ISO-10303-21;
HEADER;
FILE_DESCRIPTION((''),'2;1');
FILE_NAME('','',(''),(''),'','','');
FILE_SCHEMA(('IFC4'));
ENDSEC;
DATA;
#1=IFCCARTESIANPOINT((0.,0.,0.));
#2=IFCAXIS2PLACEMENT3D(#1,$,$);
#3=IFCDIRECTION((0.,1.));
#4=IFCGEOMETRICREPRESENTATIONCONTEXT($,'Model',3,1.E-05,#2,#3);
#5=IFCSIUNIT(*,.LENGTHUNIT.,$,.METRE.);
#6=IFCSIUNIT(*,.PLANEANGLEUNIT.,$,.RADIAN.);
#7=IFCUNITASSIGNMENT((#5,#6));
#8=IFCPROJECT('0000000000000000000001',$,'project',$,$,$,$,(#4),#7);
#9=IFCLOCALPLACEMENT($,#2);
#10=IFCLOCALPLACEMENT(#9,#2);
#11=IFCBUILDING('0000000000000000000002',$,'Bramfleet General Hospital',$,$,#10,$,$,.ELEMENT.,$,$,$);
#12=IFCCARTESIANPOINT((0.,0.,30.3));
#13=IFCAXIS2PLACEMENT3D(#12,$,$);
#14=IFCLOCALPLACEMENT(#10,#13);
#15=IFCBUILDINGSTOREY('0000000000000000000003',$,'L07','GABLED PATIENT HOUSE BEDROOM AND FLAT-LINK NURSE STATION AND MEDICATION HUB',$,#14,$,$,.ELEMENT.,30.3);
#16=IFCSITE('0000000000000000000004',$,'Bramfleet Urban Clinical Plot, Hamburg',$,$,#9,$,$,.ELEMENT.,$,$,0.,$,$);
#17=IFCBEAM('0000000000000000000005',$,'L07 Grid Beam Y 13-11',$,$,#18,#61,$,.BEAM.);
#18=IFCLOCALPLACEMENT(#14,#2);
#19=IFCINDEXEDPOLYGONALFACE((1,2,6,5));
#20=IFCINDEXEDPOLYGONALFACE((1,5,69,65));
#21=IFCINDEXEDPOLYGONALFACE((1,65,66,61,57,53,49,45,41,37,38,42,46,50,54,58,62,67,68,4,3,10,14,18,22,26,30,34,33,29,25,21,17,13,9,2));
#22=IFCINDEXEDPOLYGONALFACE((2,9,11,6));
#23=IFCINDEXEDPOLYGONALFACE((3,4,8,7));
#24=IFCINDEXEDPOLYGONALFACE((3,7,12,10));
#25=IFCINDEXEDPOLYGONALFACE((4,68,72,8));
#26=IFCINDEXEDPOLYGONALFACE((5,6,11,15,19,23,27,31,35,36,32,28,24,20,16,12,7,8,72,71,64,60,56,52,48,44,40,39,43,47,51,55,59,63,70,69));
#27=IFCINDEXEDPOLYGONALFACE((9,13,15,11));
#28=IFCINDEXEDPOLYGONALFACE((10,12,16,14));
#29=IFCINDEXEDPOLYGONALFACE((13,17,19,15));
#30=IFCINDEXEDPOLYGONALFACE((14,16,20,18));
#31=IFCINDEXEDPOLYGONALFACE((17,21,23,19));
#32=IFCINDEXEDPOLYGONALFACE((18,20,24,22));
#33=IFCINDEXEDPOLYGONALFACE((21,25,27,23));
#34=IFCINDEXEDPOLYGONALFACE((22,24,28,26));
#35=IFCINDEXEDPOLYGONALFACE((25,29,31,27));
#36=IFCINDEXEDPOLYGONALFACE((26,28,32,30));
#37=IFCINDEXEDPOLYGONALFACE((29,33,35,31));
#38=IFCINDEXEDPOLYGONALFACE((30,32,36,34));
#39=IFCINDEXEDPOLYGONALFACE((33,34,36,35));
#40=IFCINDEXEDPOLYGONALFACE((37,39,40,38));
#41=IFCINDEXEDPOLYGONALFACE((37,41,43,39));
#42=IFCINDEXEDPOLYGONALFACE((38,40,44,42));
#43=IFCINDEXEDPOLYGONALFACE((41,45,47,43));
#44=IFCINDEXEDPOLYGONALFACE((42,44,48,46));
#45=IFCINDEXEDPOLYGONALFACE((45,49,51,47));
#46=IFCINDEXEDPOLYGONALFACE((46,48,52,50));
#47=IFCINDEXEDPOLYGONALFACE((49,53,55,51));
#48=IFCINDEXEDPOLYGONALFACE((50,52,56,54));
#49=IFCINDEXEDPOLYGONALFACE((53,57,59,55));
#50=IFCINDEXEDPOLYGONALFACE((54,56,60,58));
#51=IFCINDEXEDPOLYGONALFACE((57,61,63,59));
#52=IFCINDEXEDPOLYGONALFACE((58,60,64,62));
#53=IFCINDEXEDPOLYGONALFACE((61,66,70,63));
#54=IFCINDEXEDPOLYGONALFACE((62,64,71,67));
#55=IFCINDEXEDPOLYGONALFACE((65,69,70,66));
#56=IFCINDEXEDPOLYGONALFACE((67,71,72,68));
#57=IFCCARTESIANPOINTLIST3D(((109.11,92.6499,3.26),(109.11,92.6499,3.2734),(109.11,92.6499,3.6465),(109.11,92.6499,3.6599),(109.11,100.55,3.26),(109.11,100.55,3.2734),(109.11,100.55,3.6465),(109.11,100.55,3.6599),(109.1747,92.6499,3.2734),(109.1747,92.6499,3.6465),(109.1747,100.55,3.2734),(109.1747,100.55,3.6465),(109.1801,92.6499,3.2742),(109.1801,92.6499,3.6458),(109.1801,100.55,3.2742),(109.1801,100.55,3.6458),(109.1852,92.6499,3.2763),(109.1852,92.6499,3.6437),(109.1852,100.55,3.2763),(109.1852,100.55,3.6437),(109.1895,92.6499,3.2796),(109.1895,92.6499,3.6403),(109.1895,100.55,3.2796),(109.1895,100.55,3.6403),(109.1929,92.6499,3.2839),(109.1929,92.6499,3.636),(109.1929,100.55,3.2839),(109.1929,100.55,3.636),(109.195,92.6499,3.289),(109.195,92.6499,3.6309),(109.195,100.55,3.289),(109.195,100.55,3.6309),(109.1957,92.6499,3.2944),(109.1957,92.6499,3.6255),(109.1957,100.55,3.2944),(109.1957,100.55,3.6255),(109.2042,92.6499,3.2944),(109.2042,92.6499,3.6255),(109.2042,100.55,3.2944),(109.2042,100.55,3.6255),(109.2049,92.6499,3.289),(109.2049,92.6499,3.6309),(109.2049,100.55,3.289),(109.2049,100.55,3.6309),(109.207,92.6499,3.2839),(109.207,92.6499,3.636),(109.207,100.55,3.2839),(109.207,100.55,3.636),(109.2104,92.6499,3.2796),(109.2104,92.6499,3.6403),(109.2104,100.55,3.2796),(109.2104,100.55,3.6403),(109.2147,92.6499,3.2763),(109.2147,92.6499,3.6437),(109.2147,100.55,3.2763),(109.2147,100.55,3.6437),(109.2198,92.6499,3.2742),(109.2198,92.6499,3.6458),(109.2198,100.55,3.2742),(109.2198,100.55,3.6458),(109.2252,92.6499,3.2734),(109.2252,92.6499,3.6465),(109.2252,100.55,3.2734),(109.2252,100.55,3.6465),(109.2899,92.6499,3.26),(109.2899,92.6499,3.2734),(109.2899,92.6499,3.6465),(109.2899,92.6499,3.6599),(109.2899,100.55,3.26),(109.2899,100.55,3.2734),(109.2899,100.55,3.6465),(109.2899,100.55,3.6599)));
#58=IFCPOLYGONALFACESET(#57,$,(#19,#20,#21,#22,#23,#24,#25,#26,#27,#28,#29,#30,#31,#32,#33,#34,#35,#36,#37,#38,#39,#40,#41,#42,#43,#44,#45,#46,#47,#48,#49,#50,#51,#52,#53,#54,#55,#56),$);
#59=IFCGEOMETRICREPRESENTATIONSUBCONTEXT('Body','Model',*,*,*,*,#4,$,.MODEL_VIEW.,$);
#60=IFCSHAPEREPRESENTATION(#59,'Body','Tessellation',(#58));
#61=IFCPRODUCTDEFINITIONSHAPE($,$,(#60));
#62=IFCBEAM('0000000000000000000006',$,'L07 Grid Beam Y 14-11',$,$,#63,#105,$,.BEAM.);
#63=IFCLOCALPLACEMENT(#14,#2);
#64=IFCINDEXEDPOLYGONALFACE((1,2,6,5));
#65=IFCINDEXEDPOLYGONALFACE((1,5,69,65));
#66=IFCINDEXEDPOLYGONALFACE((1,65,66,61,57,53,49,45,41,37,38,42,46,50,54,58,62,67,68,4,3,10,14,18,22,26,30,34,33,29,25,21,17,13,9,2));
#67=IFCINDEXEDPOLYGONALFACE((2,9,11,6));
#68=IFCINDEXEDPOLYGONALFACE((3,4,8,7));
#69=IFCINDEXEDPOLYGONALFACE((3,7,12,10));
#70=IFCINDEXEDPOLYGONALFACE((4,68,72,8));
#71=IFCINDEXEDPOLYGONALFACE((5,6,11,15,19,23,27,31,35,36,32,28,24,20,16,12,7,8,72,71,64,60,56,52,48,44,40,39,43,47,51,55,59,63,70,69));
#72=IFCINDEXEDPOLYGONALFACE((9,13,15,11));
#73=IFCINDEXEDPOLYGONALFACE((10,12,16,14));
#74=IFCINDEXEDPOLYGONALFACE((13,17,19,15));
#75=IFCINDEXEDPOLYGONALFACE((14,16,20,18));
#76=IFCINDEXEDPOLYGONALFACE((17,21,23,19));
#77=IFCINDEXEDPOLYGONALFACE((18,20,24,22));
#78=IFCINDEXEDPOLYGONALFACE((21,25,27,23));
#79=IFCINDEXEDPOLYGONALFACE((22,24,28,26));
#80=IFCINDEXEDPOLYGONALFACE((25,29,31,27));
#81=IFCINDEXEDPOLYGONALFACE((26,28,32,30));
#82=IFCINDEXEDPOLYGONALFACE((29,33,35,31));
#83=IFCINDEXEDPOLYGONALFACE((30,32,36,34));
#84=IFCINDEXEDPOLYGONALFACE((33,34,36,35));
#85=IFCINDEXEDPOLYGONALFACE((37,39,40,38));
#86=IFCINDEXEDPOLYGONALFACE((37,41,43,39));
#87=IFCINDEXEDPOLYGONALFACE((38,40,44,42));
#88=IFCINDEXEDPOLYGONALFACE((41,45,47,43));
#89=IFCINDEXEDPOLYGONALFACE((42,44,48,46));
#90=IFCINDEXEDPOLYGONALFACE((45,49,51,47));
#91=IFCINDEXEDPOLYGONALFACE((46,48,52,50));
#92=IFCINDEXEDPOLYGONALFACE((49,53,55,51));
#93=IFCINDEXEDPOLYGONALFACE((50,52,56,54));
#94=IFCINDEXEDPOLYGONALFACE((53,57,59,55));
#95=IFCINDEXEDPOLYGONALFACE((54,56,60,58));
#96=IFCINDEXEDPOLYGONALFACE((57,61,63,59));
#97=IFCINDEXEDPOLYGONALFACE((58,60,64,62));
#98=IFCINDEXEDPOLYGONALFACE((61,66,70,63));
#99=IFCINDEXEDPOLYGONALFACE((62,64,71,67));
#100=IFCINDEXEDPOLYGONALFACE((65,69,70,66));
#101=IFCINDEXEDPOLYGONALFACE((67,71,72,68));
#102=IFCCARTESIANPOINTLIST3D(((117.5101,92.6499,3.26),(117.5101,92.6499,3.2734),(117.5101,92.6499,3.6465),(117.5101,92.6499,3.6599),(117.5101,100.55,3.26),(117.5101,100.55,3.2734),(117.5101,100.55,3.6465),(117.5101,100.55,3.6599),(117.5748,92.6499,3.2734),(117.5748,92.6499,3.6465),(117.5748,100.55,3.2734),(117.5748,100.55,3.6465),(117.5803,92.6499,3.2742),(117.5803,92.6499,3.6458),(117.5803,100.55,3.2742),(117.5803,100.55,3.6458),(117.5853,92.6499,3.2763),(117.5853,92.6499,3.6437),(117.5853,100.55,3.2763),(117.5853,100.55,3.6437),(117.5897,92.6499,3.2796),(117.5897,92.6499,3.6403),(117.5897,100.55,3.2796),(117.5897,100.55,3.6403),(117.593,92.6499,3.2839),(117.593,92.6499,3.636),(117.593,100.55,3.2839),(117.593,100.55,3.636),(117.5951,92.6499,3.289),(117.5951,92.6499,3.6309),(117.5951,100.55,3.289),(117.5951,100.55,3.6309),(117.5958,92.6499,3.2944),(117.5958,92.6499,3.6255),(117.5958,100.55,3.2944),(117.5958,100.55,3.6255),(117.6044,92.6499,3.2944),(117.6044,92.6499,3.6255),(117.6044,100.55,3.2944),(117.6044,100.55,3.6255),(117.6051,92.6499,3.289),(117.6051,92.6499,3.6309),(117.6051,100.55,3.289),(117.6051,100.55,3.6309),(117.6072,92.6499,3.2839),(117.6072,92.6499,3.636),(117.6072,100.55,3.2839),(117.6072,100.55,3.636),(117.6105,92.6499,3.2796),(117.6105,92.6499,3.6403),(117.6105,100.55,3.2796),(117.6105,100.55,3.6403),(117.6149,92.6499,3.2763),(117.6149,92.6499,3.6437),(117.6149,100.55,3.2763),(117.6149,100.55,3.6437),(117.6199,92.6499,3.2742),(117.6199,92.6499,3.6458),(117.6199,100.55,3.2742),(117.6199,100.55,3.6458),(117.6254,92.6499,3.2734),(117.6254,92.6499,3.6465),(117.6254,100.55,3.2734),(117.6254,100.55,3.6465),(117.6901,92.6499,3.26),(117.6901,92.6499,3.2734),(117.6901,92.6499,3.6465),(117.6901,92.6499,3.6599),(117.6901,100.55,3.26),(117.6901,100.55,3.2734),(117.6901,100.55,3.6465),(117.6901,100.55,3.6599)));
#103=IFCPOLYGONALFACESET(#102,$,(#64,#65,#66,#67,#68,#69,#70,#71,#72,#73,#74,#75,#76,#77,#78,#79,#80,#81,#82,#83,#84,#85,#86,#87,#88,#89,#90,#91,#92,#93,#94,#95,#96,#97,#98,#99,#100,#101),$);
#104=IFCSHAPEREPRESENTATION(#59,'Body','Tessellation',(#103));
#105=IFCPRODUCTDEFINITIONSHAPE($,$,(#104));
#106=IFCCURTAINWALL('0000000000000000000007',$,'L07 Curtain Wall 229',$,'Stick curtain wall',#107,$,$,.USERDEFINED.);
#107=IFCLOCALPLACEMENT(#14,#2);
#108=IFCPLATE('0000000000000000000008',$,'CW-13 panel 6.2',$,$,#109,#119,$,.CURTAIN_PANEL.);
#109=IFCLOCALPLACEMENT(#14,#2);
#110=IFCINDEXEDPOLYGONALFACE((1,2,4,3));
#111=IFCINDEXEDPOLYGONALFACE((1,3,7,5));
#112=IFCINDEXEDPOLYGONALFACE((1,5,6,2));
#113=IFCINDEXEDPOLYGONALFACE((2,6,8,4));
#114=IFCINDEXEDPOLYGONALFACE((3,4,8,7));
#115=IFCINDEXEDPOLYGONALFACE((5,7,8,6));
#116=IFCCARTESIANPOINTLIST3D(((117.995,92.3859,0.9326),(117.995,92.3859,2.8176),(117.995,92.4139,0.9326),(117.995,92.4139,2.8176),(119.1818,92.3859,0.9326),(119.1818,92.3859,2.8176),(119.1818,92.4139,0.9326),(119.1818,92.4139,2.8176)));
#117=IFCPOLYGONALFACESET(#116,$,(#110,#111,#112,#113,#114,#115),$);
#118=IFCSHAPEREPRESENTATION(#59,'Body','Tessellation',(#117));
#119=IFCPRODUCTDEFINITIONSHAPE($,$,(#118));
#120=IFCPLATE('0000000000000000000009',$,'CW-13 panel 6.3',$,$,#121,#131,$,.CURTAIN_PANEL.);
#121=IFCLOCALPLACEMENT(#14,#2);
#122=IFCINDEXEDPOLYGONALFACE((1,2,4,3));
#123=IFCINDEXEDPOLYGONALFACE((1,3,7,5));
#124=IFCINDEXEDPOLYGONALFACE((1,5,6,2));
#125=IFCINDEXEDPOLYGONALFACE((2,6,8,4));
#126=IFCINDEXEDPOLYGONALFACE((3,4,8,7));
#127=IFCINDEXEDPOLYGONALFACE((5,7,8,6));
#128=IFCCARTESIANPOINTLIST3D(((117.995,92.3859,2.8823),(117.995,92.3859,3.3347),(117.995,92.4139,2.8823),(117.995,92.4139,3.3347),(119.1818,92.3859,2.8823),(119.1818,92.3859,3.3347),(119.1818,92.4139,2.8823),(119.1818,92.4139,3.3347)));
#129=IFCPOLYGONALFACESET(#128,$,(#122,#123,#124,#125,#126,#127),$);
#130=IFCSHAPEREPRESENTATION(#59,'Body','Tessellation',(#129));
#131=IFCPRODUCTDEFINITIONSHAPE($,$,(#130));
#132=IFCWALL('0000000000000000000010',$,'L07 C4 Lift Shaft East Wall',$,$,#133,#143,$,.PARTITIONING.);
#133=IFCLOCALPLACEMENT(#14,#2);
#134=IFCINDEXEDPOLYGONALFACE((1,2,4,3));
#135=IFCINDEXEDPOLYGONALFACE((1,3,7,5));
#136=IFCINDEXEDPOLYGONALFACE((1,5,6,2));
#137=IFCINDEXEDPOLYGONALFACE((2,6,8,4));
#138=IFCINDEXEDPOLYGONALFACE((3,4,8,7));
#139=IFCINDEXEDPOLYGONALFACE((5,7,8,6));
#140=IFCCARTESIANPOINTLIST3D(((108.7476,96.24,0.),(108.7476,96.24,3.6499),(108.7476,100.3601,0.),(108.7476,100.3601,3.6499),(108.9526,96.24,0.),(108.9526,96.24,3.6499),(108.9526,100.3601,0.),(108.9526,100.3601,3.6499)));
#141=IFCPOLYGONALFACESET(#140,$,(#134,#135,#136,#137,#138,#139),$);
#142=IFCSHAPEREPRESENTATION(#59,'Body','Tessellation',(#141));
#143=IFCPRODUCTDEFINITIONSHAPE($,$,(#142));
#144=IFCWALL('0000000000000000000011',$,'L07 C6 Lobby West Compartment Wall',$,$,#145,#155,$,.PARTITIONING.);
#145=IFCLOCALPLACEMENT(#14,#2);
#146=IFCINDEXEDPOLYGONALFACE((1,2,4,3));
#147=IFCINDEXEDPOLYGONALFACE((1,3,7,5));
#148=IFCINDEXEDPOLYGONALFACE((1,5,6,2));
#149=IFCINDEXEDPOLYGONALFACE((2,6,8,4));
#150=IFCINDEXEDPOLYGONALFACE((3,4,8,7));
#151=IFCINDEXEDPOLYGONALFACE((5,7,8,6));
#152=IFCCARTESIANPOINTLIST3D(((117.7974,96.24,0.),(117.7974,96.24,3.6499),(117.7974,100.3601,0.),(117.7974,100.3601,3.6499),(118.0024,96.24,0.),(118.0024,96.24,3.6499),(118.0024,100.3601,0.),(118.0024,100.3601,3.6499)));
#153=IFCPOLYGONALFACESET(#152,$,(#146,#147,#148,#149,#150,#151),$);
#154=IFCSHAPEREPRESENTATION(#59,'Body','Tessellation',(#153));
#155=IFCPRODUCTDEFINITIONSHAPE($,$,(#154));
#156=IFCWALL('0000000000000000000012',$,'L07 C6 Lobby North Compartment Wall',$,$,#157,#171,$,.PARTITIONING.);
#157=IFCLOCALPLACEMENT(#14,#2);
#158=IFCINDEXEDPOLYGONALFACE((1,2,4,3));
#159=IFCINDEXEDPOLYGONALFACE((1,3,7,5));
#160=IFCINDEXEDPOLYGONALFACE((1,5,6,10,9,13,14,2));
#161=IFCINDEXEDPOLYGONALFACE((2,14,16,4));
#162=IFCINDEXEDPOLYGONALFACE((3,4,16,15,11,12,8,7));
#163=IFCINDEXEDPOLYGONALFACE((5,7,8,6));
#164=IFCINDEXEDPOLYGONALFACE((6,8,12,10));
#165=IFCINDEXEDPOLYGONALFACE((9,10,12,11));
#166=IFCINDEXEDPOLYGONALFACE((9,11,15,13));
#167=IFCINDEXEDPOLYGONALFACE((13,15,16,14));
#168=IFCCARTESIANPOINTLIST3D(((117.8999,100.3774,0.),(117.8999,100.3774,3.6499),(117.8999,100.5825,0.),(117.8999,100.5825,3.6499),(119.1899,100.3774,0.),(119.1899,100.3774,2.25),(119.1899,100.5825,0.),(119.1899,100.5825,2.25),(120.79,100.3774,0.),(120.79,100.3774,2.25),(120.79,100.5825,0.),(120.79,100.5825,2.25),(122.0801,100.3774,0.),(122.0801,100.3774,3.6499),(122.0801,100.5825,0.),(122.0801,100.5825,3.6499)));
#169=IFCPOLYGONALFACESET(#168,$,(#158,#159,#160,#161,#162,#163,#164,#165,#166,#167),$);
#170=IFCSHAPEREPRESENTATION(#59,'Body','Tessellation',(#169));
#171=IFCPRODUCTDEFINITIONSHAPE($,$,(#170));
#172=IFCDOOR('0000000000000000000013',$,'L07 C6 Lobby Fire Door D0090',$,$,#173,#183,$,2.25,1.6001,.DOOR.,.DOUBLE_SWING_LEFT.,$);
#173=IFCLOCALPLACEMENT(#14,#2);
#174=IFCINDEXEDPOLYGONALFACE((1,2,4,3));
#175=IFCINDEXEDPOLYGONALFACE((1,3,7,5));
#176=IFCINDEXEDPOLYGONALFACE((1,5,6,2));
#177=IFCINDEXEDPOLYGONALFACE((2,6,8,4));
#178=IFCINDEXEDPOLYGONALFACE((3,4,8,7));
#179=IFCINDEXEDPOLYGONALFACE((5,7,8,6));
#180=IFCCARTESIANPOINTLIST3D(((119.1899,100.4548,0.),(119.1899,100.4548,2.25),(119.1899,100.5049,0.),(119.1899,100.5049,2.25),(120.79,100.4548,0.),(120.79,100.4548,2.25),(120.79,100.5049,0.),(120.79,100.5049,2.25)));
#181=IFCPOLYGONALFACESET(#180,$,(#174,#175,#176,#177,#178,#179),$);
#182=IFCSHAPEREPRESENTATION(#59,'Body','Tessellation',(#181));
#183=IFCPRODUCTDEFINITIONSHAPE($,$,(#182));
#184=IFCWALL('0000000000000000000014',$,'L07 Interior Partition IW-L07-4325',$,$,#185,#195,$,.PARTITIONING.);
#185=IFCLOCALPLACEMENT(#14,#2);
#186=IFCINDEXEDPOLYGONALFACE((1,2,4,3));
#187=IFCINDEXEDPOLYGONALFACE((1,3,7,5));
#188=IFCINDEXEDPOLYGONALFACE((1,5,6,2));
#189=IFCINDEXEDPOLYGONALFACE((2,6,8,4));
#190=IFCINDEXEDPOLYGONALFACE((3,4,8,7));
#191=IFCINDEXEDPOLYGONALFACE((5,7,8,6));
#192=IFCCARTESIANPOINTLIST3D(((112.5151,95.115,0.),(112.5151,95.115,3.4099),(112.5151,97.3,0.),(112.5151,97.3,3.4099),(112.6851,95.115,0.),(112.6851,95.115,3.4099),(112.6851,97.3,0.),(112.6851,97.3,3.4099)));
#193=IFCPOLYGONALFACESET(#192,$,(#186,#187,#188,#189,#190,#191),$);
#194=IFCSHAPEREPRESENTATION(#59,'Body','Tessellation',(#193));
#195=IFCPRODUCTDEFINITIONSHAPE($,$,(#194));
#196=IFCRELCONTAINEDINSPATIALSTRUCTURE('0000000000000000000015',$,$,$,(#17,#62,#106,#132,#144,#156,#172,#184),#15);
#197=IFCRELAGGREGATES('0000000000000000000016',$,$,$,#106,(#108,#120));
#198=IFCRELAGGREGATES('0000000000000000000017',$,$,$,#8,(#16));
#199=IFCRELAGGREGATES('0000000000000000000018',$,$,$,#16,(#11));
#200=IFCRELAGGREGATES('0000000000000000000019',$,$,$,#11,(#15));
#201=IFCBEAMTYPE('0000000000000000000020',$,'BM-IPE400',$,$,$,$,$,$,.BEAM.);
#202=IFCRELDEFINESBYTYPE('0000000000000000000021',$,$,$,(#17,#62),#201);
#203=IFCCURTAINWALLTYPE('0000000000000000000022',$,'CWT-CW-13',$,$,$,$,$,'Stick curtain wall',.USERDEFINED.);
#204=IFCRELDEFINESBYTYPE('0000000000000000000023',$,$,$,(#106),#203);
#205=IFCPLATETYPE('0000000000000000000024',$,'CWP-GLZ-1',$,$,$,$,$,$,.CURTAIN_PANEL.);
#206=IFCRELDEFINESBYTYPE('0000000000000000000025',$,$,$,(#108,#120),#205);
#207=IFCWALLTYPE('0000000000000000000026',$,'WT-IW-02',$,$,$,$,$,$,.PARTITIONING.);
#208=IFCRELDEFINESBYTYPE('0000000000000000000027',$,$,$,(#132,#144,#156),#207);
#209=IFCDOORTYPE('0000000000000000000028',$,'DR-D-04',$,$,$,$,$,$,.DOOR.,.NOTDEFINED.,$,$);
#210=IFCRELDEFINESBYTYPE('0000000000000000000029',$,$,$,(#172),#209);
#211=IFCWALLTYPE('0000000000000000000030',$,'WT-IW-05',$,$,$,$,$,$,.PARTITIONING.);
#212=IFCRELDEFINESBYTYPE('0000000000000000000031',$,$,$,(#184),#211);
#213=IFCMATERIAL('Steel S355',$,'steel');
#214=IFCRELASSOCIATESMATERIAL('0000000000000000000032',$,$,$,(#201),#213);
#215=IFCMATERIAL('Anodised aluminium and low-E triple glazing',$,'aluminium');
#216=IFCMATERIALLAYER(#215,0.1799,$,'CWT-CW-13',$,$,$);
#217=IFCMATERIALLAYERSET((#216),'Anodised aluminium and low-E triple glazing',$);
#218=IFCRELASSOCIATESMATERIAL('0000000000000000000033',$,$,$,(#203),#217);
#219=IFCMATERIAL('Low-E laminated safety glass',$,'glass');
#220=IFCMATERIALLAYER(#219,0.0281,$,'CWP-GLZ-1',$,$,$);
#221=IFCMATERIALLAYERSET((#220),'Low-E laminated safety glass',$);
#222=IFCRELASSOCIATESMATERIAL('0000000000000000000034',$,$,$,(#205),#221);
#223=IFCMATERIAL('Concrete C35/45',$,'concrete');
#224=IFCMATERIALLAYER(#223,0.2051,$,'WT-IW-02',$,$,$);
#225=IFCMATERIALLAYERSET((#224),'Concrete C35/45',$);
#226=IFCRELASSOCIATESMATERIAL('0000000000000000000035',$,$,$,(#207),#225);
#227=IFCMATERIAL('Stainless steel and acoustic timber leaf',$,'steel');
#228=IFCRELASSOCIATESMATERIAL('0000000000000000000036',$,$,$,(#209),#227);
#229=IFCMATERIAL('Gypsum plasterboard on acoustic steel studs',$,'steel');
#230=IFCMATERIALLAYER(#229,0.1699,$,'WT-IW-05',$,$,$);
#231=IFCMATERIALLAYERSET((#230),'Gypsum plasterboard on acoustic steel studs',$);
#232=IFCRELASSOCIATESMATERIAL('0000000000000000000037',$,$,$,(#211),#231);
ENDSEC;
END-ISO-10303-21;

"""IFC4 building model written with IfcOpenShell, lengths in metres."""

from ifc_helpers import new_model, si_unit, direction, frame, frame_2d, origin, origin_2d, place, context, subcontext, project, spatial, rectangle, i_section, extrude, material, layer, layer_set, material_profile, profile_set, type_object, element, fill, aggregate, save


model = new_model("IFC4")

# Units and contexts
model_context = context("Model", 3, precision=1e-05, world=origin(), true_north=direction((0.0, 1.0)))
body_context = subcontext(model_context, "Body", "Model", "MODEL_VIEW")
ifc_project = project(units=[si_unit("LENGTHUNIT", "METRE"), si_unit("PLANEANGLEUNIT", "RADIAN")], contexts=[model_context])

# Site, building, storey
site_placement = place(None, origin())
site = spatial("IfcSite", under=ifc_project, at=site_placement, Name="Bramfleet Urban Clinical Plot, Hamburg", CompositionType="ELEMENT", RefElevation=0.0)
building_placement = place(site_placement, origin())
building = spatial("IfcBuilding", under=site, at=building_placement, Name="Bramfleet General Hospital", CompositionType="ELEMENT")
storey_placement = place(building_placement, frame((0.0, 0.0, 30.3)))
storey = spatial("IfcBuildingStorey", under=building, at=storey_placement, Name="L07", Description="GABLED PATIENT HOUSE BEDROOM AND FLAT-LINK NURSE STATION AND MEDICATION HUB", CompositionType="ELEMENT", Elevation=30.3)

# Beams
ifc_material_1 = material(Name="Steel S355", Category="steel")
ifc_material_profile_1 = material_profile(ifc_material_1, i_section(OverallWidth=0.1799, OverallDepth=0.3999, WebThickness=0.0085, FlangeThickness=0.0134, FilletRadius=0.021, at=origin_2d()), Name="IPE 400")
ifc_profile_set_1 = profile_set([ifc_material_profile_1], Name="Steel S355")
beam_type_1 = type_object("IfcBeamType", Name="BM-IPE400", PredefinedType="BEAM", material=ifc_profile_set_1)
for number, where, z_axis, x_axis, name in (
    (1, (109.2, 92.6499, 3.46), (0.0, 1.0, 0.0), (-1.0, 0.0, 0.0), "L07 Grid Beam Y 13-11"),
    (2, (117.6001, 92.6499, 3.46), (0.0, 1.0, 0.0), (-1.0, 0.0, 0.0), "L07 Grid Beam Y 14-11"),
):
    element("IfcBeam", number, at=place(storey_placement, frame(where, z_axis=z_axis, x_axis=x_axis)), inside=storey, type_object=beam_type_1, Name=name, PredefinedType="BEAM", context=body_context, shape_type="SweptSolid", body=[
        extrude(i_section(OverallWidth=0.1799, OverallDepth=0.3999, WebThickness=0.0085, FlangeThickness=0.0134, FilletRadius=0.021, at=origin_2d()), origin(), (0.0, 0.0, 1.0), 7.9001),
    ])

# Curtain wall, plates
ifc_material_2 = material(Name="Anodised aluminium and low-E triple glazing", Category="aluminium")
ifc_layer_1 = layer(ifc_material_2, 0.1799, Name="CWT-CW-13")
ifc_layer_set_1 = layer_set([ifc_layer_1], Name="Anodised aluminium and low-E triple glazing")
curtain_wall_type = type_object("IfcCurtainWallType", Name="CWT-CW-13", ElementType="Stick curtain wall", PredefinedType="USERDEFINED", material=ifc_layer_set_1)
curtain_wall_placement = place(storey_placement, origin())
curtain_wall = element("IfcCurtainWall", 3, at=curtain_wall_placement, inside=storey, type_object=curtain_wall_type, Name="L07 Curtain Wall 229", ObjectType="Stick curtain wall", PredefinedType="USERDEFINED")
ifc_material_3 = material(Name="Low-E laminated safety glass", Category="glass")
ifc_layer_2 = layer(ifc_material_3, 0.0281, Name="CWP-GLZ-1")
ifc_layer_set_2 = layer_set([ifc_layer_2], Name="Low-E laminated safety glass")
plate_type = type_object("IfcPlateType", Name="CWP-GLZ-1", PredefinedType="CURTAIN_PANEL", material=ifc_layer_set_2)
plate_1_placement = place(storey_placement, frame((118.5884, 92.3999, 0.9326), z_axis=(0.0, 0.0, 1.0), x_axis=(-1.0, 0.0, 0.0)))
plate_1 = element("IfcPlate", 4, at=plate_1_placement, type_object=plate_type, Name="CW-13 panel 6.2", PredefinedType="CURTAIN_PANEL", context=body_context, shape_type="SweptSolid", body=[
    extrude(rectangle(XDim=1.1868, YDim=0.0281, at=origin_2d()), origin(), (0.0, 0.0, 1.0), 1.885),
])
plate_2_placement = place(storey_placement, frame((118.5884, 92.3999, 2.8823), z_axis=(0.0, 0.0, 1.0), x_axis=(-1.0, 0.0, 0.0)))
plate_2 = element("IfcPlate", 5, at=plate_2_placement, type_object=plate_type, Name="CW-13 panel 6.3", PredefinedType="CURTAIN_PANEL", context=body_context, shape_type="SweptSolid", body=[
    extrude(rectangle(XDim=1.1868, YDim=0.0281, at=origin_2d()), origin(), (0.0, 0.0, 1.0), 0.4524),
])
aggregate(curtain_wall, [plate_1, plate_2])

# Walls
ifc_material_4 = material(Name="Concrete C35/45", Category="concrete")
ifc_layer_3 = layer(ifc_material_4, 0.2051, Name="WT-IW-02")
ifc_layer_set_3 = layer_set([ifc_layer_3], Name="Concrete C35/45")
wall_type_1 = type_object("IfcWallType", Name="WT-IW-02", PredefinedType="PARTITIONING", material=ifc_layer_set_3)
for number, where, z_axis, x_axis, name in (
    (6, (108.8501, 96.24, 0.0), (0.0, 0.0, 1.0), (0.0, 1.0, 0.0), "L07 C4 Lift Shaft East Wall"),
    (7, (117.8999, 96.24, 0.0), (0.0, 0.0, 1.0), (0.0, 1.0, 0.0), "L07 C6 Lobby West Compartment Wall"),
):
    element("IfcWall", number, at=place(storey_placement, frame(where, z_axis=z_axis, x_axis=x_axis)), inside=storey, type_object=wall_type_1, Name=name, PredefinedType="PARTITIONING", context=body_context, shape_type="SweptSolid", body=[
        extrude(rectangle(XDim=4.1201, YDim=0.2051, at=frame_2d((2.0601, 0.0))), origin(), (0.0, 0.0, 1.0), 3.6499),
    ])

# Wall, opening, door
wall_1_placement = place(storey_placement, frame((117.8999, 100.48, 0.0), z_axis=(0.0, 0.0, 1.0), x_axis=(1.0, 0.0, 0.0)))
wall_1 = element("IfcWall", 8, at=wall_1_placement, inside=storey, type_object=wall_type_1, Name="L07 C6 Lobby North Compartment Wall", PredefinedType="PARTITIONING", context=body_context, shape_type="SweptSolid", body=[
    extrude(rectangle(XDim=4.1802, YDim=0.2051, at=frame_2d((2.0901, 0.0))), origin(), (0.0, 0.0, 1.0), 3.6499),
])
opening_1_placement = place(wall_1_placement, frame((1.29, 0.0, 0.0)))
opening_1 = element("IfcOpeningElement", 9, at=opening_1_placement, cuts=wall_1, PredefinedType="OPENING", context=body_context, shape_type="SweptSolid", body=[
    extrude(rectangle(XDim=1.6001, YDim=2.25, at=frame_2d((0.8, 1.125))), frame((0.0, 0.1125, 0.0), z_axis=(0.0, -1.0, 0.0), x_axis=(1.0, 0.0, 0.0)), (0.0, 0.0, 1.0), 0.2251),
])
ifc_material_5 = material(Name="Stainless steel and acoustic timber leaf", Category="steel")
door_type_1 = type_object("IfcDoorType", Name="DR-D-04", OperationType="NOTDEFINED", PredefinedType="DOOR", material=ifc_material_5)
door_1_placement = place(opening_1_placement, origin())
door_1 = element("IfcDoor", 10, at=door_1_placement, inside=storey, type_object=door_type_1, Name="L07 C6 Lobby Fire Door D0090", OperationType="DOUBLE_SWING_LEFT", OverallHeight=2.25, OverallWidth=1.6001, PredefinedType="DOOR", context=body_context, shape_type="SweptSolid", body=[
    extrude(rectangle(XDim=1.6001, YDim=2.25, at=frame_2d((0.8, 1.125))), frame((0.0, 0.0249, 0.0), z_axis=(0.0, -1.0, 0.0), x_axis=(1.0, 0.0, 0.0)), (0.0, 0.0, 1.0), 0.05),
])
fill(opening_1, door_1)

# Wall
ifc_material_6 = material(Name="Gypsum plasterboard on acoustic steel studs", Category="steel")
ifc_layer_4 = layer(ifc_material_6, 0.1699, Name="WT-IW-05")
ifc_layer_set_4 = layer_set([ifc_layer_4], Name="Gypsum plasterboard on acoustic steel studs")
wall_type_2 = type_object("IfcWallType", Name="WT-IW-05", PredefinedType="PARTITIONING", material=ifc_layer_set_4)
wall_2_placement = place(storey_placement, frame((112.6001, 95.115, 0.0), z_axis=(0.0, 0.0, 1.0), x_axis=(0.0, 1.0, 0.0)))
element("IfcWall", 11, at=wall_2_placement, inside=storey, type_object=wall_type_2, Name="L07 Interior Partition IW-L07-4325", PredefinedType="PARTITIONING", context=body_context, shape_type="SweptSolid", body=[
    extrude(rectangle(XDim=2.1851, YDim=0.1699, at=frame_2d((1.0925, 0.0))), origin(), (0.0, 0.0, 1.0), 3.4099),
])

save(model, "model.ifc")
